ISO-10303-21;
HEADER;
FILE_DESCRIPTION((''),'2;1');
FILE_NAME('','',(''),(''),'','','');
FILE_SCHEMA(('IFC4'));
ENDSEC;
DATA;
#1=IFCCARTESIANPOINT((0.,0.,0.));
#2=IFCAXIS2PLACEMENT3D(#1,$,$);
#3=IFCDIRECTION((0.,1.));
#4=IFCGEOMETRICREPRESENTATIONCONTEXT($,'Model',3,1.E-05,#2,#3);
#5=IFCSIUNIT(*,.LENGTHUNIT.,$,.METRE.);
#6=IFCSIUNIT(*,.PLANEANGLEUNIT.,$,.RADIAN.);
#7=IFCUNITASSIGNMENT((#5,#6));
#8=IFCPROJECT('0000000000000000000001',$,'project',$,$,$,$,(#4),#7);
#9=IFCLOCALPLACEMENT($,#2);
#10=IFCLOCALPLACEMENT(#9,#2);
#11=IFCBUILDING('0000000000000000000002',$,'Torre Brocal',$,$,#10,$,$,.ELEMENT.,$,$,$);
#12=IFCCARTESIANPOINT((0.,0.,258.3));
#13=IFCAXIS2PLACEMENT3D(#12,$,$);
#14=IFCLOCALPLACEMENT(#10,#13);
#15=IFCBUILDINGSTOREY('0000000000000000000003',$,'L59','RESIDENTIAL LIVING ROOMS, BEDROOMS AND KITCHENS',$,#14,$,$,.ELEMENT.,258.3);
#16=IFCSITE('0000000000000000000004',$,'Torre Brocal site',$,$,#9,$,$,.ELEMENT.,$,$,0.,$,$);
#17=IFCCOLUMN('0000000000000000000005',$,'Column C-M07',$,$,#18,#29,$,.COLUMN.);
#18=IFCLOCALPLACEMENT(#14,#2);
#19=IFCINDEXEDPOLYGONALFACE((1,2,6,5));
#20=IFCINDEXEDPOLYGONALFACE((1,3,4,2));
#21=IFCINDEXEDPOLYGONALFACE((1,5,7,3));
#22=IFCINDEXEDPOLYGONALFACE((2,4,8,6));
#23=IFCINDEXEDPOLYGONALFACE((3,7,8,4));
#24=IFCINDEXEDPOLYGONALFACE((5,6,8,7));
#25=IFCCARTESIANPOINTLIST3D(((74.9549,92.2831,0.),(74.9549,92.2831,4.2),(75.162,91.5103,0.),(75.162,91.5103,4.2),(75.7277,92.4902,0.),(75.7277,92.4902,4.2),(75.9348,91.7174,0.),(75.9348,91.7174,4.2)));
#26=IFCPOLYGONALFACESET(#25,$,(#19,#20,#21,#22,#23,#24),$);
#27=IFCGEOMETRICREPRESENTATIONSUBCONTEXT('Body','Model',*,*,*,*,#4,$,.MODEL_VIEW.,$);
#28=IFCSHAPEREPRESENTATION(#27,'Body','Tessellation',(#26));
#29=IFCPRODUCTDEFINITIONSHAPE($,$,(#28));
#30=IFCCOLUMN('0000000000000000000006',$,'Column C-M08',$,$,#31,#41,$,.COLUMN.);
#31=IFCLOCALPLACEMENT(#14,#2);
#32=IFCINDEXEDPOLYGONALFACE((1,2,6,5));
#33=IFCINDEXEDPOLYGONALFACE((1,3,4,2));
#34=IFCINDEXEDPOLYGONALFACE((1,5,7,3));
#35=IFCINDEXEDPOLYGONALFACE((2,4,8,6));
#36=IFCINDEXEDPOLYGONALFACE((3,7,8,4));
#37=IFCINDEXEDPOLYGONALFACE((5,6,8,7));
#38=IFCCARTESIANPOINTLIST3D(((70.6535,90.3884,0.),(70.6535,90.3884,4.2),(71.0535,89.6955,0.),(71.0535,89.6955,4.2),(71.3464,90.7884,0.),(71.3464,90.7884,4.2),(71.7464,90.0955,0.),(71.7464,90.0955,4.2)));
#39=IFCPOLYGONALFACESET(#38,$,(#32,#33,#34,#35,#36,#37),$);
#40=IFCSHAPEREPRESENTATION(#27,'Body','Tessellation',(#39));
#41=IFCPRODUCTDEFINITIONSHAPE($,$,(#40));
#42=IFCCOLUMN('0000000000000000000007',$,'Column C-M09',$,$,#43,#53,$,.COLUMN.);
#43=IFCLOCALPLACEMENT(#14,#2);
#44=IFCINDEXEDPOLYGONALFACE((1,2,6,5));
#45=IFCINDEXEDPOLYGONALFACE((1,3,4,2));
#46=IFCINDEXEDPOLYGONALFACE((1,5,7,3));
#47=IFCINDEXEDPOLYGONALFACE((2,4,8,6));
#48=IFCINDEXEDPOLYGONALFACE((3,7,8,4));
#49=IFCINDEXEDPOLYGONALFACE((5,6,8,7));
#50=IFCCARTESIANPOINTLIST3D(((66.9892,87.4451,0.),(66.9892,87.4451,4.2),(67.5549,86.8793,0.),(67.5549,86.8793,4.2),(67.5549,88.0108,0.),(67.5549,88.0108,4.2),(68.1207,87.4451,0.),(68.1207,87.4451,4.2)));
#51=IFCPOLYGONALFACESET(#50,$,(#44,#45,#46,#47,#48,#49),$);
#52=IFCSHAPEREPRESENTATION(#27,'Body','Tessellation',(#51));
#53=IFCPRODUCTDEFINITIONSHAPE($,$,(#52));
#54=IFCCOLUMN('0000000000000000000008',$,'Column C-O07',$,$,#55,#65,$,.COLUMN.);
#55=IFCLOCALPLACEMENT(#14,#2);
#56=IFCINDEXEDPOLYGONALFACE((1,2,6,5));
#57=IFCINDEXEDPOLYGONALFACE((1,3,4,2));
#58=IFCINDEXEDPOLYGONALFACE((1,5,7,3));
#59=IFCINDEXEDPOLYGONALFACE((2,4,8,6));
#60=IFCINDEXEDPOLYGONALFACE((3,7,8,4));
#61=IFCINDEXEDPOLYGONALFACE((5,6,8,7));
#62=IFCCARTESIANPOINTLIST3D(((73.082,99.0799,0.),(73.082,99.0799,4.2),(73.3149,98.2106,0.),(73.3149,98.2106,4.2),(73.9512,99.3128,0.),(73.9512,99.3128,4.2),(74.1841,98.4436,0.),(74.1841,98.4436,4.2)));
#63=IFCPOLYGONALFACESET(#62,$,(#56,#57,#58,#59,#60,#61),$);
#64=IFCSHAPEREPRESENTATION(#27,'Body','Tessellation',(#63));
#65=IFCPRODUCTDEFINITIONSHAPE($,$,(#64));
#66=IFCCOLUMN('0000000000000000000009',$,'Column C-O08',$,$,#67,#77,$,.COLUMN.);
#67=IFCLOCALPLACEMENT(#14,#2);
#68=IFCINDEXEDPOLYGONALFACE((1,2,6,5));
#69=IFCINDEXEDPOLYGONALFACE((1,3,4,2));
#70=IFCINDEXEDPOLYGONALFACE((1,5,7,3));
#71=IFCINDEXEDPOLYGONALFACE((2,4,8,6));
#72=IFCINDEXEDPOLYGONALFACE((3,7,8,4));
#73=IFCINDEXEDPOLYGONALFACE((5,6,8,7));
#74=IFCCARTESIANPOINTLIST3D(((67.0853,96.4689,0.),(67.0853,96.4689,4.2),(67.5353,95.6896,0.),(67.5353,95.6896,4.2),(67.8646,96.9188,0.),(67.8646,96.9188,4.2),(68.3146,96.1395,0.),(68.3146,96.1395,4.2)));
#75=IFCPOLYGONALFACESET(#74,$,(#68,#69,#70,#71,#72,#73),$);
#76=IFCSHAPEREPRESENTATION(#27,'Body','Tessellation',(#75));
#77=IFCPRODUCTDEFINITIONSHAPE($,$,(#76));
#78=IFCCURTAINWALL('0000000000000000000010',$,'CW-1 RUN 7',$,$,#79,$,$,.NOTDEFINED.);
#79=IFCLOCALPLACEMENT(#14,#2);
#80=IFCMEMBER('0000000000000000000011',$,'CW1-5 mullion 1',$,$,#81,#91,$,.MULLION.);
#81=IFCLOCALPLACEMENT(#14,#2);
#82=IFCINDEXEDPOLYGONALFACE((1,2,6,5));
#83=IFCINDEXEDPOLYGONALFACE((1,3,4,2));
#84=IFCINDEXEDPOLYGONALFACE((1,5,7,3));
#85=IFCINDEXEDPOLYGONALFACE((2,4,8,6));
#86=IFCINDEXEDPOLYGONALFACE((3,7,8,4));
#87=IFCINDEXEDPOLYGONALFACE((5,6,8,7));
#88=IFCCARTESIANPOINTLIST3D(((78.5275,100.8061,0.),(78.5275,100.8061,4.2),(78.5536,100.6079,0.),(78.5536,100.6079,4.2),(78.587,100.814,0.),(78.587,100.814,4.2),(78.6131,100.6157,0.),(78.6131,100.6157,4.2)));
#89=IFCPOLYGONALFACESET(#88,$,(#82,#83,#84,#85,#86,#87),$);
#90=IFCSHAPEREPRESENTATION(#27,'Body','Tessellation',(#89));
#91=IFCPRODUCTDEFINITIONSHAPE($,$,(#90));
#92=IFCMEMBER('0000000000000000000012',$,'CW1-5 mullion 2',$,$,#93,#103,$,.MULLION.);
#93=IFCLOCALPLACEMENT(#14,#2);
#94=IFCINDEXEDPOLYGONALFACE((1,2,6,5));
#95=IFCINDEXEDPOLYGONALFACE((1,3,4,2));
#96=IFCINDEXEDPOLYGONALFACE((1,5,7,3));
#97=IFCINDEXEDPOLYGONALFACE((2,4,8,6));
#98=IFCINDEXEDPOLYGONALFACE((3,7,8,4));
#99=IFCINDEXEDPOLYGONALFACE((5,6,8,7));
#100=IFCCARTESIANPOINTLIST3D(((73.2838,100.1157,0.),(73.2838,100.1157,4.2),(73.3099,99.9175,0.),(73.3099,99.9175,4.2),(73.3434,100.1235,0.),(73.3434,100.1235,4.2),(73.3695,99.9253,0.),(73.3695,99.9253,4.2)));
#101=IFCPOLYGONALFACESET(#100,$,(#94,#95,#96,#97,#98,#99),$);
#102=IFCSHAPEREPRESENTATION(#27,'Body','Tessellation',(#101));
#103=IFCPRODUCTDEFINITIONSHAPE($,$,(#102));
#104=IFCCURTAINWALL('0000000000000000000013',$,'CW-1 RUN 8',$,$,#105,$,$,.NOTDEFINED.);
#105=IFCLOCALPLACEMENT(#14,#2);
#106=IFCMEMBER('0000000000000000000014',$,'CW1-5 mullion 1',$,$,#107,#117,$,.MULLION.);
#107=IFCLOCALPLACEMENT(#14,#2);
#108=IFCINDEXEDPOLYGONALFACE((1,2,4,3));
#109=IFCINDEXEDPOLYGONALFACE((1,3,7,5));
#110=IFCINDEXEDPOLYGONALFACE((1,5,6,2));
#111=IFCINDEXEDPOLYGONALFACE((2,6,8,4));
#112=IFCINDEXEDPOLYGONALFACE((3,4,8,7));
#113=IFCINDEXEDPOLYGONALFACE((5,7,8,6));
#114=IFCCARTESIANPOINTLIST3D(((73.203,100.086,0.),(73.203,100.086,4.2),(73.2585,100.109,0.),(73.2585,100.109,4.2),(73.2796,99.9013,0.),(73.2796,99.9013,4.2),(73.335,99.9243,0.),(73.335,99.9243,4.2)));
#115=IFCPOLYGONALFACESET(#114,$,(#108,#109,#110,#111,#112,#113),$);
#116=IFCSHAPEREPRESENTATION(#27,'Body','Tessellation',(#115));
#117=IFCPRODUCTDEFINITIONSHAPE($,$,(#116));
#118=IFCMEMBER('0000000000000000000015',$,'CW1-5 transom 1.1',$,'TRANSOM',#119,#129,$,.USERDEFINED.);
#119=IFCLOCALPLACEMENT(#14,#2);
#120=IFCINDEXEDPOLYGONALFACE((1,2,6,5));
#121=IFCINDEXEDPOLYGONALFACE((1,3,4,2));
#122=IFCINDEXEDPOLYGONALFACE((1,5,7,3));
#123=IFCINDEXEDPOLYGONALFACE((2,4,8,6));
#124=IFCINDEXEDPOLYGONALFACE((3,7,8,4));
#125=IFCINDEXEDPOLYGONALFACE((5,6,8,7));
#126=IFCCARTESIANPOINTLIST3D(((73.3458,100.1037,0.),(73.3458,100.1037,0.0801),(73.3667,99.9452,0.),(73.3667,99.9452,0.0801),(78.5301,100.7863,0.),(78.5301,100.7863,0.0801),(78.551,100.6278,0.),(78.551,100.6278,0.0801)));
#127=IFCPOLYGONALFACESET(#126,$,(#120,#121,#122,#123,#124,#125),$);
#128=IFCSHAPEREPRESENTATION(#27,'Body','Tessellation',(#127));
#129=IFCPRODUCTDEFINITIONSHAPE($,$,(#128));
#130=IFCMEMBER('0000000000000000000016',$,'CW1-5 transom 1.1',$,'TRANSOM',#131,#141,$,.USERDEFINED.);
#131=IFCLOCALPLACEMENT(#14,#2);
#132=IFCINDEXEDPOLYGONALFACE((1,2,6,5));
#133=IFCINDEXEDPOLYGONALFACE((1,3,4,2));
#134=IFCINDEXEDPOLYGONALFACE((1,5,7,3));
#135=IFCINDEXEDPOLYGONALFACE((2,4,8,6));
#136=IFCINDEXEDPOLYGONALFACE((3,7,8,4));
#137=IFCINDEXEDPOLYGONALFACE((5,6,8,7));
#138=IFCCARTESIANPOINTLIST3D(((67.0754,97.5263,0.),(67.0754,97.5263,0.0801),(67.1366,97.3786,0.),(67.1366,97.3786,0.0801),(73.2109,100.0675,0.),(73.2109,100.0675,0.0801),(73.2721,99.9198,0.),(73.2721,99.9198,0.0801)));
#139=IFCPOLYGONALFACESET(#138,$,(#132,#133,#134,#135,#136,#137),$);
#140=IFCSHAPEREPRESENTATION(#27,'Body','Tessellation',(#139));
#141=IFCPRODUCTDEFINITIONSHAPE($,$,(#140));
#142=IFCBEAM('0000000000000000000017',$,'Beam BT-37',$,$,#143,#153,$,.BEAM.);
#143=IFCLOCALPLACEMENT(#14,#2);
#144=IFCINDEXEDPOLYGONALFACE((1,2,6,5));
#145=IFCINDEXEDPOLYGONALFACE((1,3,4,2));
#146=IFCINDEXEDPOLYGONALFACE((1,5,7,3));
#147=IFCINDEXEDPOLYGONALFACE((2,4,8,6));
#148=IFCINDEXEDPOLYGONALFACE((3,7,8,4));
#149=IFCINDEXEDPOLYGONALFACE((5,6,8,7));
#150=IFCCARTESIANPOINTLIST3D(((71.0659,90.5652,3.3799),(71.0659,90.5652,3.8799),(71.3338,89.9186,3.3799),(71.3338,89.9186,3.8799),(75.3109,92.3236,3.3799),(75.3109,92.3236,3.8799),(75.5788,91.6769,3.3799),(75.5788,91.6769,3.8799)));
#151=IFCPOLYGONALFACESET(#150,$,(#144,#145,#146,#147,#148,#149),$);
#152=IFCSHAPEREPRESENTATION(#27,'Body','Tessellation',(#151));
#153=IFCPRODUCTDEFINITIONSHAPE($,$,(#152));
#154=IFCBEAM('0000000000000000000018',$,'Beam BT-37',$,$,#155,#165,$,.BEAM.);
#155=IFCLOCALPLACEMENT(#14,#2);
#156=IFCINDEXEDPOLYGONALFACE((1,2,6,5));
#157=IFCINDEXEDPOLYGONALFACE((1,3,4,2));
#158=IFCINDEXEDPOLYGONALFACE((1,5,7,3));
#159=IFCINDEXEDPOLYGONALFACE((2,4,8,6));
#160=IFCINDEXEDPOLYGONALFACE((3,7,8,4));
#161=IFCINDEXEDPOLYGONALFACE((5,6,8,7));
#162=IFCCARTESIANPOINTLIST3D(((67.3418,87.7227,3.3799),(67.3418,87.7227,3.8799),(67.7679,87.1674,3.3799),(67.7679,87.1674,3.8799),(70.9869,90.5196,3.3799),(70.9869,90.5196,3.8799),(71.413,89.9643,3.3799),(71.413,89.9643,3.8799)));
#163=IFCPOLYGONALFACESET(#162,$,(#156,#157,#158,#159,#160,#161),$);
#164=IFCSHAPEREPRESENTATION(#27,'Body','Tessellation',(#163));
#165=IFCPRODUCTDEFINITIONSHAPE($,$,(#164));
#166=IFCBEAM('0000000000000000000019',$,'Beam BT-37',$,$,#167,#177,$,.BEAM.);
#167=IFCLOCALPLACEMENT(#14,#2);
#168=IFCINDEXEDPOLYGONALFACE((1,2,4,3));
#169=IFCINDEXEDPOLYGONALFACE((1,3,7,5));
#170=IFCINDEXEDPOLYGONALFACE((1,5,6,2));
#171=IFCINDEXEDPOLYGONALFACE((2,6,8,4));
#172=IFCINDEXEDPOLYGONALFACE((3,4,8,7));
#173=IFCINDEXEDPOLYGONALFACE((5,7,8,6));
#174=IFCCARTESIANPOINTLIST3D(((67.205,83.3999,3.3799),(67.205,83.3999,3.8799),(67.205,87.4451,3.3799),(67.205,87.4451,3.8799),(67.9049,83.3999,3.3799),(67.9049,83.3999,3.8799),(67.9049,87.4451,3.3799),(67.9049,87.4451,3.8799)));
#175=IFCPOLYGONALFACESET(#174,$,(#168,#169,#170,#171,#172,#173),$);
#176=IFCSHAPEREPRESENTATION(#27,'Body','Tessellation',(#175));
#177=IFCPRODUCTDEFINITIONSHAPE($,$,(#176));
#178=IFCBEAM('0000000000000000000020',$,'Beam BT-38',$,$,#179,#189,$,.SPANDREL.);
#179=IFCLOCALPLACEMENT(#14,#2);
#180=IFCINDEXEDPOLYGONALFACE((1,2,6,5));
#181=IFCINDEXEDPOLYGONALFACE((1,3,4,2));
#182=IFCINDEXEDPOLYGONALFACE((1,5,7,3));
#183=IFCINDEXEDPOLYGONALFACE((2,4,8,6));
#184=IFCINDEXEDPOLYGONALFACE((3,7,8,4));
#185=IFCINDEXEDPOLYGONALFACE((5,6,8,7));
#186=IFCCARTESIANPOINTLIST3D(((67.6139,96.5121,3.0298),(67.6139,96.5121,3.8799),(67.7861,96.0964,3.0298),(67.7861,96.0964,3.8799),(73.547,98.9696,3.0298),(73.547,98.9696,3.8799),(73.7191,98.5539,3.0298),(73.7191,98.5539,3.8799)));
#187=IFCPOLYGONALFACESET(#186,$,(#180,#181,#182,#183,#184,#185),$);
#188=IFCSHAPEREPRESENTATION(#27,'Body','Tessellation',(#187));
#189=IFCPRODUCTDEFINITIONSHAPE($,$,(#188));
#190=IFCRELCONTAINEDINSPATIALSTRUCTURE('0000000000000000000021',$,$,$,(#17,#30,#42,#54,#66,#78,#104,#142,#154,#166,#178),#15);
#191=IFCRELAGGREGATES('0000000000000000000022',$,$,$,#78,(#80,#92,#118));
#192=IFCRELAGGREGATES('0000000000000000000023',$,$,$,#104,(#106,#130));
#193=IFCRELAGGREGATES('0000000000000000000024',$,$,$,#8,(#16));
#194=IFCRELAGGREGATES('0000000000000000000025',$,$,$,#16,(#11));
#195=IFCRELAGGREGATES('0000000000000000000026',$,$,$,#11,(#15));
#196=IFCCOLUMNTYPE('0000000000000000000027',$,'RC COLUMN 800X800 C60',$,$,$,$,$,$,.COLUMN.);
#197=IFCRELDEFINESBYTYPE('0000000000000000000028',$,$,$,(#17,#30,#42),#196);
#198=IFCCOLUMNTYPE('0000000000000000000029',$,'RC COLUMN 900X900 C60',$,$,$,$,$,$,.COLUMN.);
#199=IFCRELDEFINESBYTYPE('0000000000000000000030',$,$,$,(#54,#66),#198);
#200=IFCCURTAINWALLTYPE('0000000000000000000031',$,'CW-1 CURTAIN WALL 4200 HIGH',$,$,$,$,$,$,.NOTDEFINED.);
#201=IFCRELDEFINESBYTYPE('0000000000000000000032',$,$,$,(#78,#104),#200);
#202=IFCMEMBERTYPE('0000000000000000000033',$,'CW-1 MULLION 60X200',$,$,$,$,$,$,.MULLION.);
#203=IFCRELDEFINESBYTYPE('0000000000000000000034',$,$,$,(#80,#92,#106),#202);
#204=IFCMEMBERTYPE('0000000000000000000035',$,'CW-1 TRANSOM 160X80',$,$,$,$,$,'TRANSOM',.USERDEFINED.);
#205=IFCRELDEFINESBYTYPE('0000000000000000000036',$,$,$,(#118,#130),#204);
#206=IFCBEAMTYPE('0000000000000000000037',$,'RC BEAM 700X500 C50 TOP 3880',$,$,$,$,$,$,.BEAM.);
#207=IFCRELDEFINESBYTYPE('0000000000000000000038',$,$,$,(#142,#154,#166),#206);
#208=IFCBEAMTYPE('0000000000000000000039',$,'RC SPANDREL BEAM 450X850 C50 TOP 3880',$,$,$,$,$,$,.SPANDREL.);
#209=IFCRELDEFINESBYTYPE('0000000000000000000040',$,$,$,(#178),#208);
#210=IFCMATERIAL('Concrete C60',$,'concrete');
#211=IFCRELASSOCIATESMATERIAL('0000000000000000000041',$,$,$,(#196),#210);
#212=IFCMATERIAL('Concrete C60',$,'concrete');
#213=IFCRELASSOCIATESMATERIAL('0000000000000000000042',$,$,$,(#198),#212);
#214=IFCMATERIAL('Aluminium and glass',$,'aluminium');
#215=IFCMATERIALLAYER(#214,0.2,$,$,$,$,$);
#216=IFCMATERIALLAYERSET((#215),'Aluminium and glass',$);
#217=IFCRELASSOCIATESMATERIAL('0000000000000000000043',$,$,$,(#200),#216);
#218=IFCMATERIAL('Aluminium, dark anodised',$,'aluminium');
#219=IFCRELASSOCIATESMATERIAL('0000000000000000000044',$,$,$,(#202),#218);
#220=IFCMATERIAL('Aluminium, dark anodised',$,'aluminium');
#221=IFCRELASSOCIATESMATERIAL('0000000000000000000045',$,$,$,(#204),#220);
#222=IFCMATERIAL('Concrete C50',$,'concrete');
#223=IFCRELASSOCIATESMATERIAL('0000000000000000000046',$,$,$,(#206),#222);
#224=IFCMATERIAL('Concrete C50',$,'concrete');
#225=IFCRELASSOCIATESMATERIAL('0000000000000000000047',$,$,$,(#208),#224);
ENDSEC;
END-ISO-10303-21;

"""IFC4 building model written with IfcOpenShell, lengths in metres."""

from ifc_helpers import new_model, si_unit, direction, frame, origin, origin_2d, place, context, subcontext, project, spatial, rectangle, extrude, material, layer, layer_set, material_profile, profile_set, type_object, element, aggregate, save


model = new_model("IFC4")

# Units and contexts
model_context = context("Model", 3, precision=1e-05, world=origin(), true_north=direction((0.0, 1.0)))
body_context = subcontext(model_context, "Body", "Model", "MODEL_VIEW")
ifc_project = project(units=[si_unit("LENGTHUNIT", "METRE"), si_unit("PLANEANGLEUNIT", "RADIAN")], contexts=[model_context])

# Site, building, storey
site_placement = place(None, origin())
site = spatial("IfcSite", under=ifc_project, at=site_placement, Name="Torre Brocal site", CompositionType="ELEMENT", RefElevation=0.0)
building_placement = place(site_placement, origin())
building = spatial("IfcBuilding", under=site, at=building_placement, Name="Torre Brocal", CompositionType="ELEMENT")
storey_placement = place(building_placement, frame((0.0, 0.0, 258.3)))
storey = spatial("IfcBuildingStorey", under=building, at=storey_placement, Name="L59", Description="RESIDENTIAL LIVING ROOMS, BEDROOMS AND KITCHENS", CompositionType="ELEMENT", Elevation=258.3)

# Columns
ifc_material_1 = material(Name="Concrete C60", Category="concrete")
ifc_material_profile_1 = material_profile(ifc_material_1, rectangle(XDim=0.8, YDim=0.8, at=origin_2d()), Name="RC 800X800")
ifc_profile_set_1 = profile_set([ifc_material_profile_1], Name="Concrete C60")
column_type_1 = type_object("IfcColumnType", Name="RC COLUMN 800X800 C60", PredefinedType="COLUMN", material=ifc_profile_set_1)
for number, where, z_axis, x_axis, name in (
    (1, (75.4448, 92.0002, 0.0), (0.0, 0.0, 1.0), (-0.258819, 0.965926, 0.0), "Column C-M07"),
    (2, (71.2, 90.2419, 0.0), (0.0, 0.0, 1.0), (-0.5, 0.866025, 0.0), "Column C-M08"),
    (3, (67.5549, 87.4451, 0.0), (0.0, 0.0, 1.0), (-0.707107, 0.707107, 0.0), "Column C-M09"),
):
    element("IfcColumn", number, at=place(storey_placement, frame(where, z_axis=z_axis, x_axis=x_axis)), inside=storey, type_object=column_type_1, Name=name, PredefinedType="COLUMN", context=body_context, shape_type="SweptSolid", body=[
        extrude(rectangle(XDim=0.8, YDim=0.8, at=origin_2d()), origin(), (0.0, 0.0, 1.0), 4.2),
    ])
ifc_material_2 = material(Name="Concrete C60", Category="concrete")
ifc_material_profile_2 = material_profile(ifc_material_2, rectangle(XDim=0.8999, YDim=0.8999, at=origin_2d()), Name="RC 900X900")
ifc_profile_set_2 = profile_set([ifc_material_profile_2], Name="Concrete C60")
column_type_2 = type_object("IfcColumnType", Name="RC COLUMN 900X900 C60", PredefinedType="COLUMN", material=ifc_profile_set_2)
for number, where, z_axis, x_axis, name in (
    (4, (73.6331, 98.7617, 0.0), (0.0, 0.0, 1.0), (-0.258819, 0.965926, 0.0), "Column C-O07"),
    (5, (67.7, 96.3042, 0.0), (0.0, 0.0, 1.0), (-0.5, 0.866025, 0.0), "Column C-O08"),
):
    element("IfcColumn", number, at=place(storey_placement, frame(where, z_axis=z_axis, x_axis=x_axis)), inside=storey, type_object=column_type_2, Name=name, PredefinedType="COLUMN", context=body_context, shape_type="SweptSolid", body=[
        extrude(rectangle(XDim=0.8999, YDim=0.8999, at=origin_2d()), origin(), (0.0, 0.0, 1.0), 4.2),
    ])

# Curtain wall, members
ifc_material_3 = material(Name="Aluminium and glass", Category="aluminium")
ifc_layer_1 = layer(ifc_material_3, 0.2)
ifc_layer_set_1 = layer_set([ifc_layer_1], Name="Aluminium and glass")
curtain_wall_type = type_object("IfcCurtainWallType", Name="CW-1 CURTAIN WALL 4200 HIGH", PredefinedType="NOTDEFINED", material=ifc_layer_set_1)
curtain_wall_1_placement = place(storey_placement, origin())
curtain_wall_1 = element("IfcCurtainWall", 6, at=curtain_wall_1_placement, inside=storey, type_object=curtain_wall_type, Name="CW-1 RUN 7", PredefinedType="NOTDEFINED")
ifc_material_4 = material(Name="Aluminium, dark anodised", Category="aluminium")
ifc_material_profile_3 = material_profile(ifc_material_4, rectangle(XDim=0.2, YDim=0.0601, at=origin_2d()), Name="CW-1 MULLION 60X200")
ifc_profile_set_3 = profile_set([ifc_material_profile_3], Name="Aluminium, dark anodised")
member_type_1 = type_object("IfcMemberType", Name="CW-1 MULLION 60X200", PredefinedType="MULLION", material=ifc_profile_set_3)
member_1_placement = place(storey_placement, frame((78.5703, 100.7109, 0.0), z_axis=(0.0, 0.0, 1.0), x_axis=(0.130526, -0.991445, 0.0)))
member_1 = element("IfcMember", 7, at=member_1_placement, type_object=member_type_1, Name="CW1-5 mullion 1", PredefinedType="MULLION", context=body_context, shape_type="SweptSolid", body=[
    extrude(rectangle(XDim=0.2, YDim=0.0601, at=origin_2d()), origin(), (0.0, 0.0, 1.0), 4.2),
])
member_2_placement = place(storey_placement, frame((73.3267, 100.0205, 0.0), z_axis=(0.0, 0.0, 1.0), x_axis=(0.130526, -0.991445, 0.0)))
member_2 = element("IfcMember", 8, at=member_2_placement, type_object=member_type_1, Name="CW1-5 mullion 2", PredefinedType="MULLION", context=body_context, shape_type="SweptSolid", body=[
    extrude(rectangle(XDim=0.2, YDim=0.0601, at=origin_2d()), origin(), (0.0, 0.0, 1.0), 4.2),
])

# Curtain wall, member
curtain_wall_2_placement = place(storey_placement, origin())
curtain_wall_2 = element("IfcCurtainWall", 9, at=curtain_wall_2_placement, inside=storey, type_object=curtain_wall_type, Name="CW-1 RUN 8", PredefinedType="NOTDEFINED")
member_3_placement = place(storey_placement, frame((73.269, 100.0051, 0.0), z_axis=(0.0, 0.0, 1.0), x_axis=(0.382683, -0.92388, 0.0)))
member_3 = element("IfcMember", 10, at=member_3_placement, type_object=member_type_1, Name="CW1-5 mullion 1", PredefinedType="MULLION", context=body_context, shape_type="SweptSolid", body=[
    extrude(rectangle(XDim=0.2, YDim=0.0601, at=origin_2d()), origin(), (0.0, 0.0, 1.0), 4.2),
])

# Members
ifc_material_5 = material(Name="Aluminium, dark anodised", Category="aluminium")
ifc_material_profile_4 = material_profile(ifc_material_5, rectangle(XDim=0.1599, YDim=0.0801, at=origin_2d()), Name="CW-1 TRANSOM 160X80")
ifc_profile_set_4 = profile_set([ifc_material_profile_4], Name="Aluminium, dark anodised")
member_type_2 = type_object("IfcMemberType", Name="CW-1 TRANSOM 160X80", ElementType="TRANSOM", PredefinedType="USERDEFINED", material=ifc_profile_set_4)
member_4_placement = place(storey_placement, frame((78.5405, 100.707, 0.04), z_axis=(-0.991443, -0.130543, 0.0), x_axis=(0.130543, -0.991443, 0.0)))
member_4 = element("IfcMember", 11, at=member_4_placement, type_object=member_type_2, Name="CW1-5 transom 1.1", ObjectType="TRANSOM", PredefinedType="USERDEFINED", context=body_context, shape_type="SweptSolid", body=[
    extrude(rectangle(XDim=0.1599, YDim=0.0801, at=origin_2d()), origin(), (0.0, 0.0, 1.0), 5.229),
])
member_5_placement = place(storey_placement, frame((73.2415, 99.9937, 0.04), z_axis=(-0.923887, -0.382665, 0.0), x_axis=(0.382665, -0.923887, 0.0)))
member_5 = element("IfcMember", 12, at=member_5_placement, type_object=member_type_2, Name="CW1-5 transom 1.1", ObjectType="TRANSOM", PredefinedType="USERDEFINED", context=body_context, shape_type="SweptSolid", body=[
    extrude(rectangle(XDim=0.1599, YDim=0.0801, at=origin_2d()), origin(), (0.0, 0.0, 1.0), 6.6409),
])

# Beams
ifc_material_6 = material(Name="Concrete C50", Category="concrete")
ifc_material_profile_5 = material_profile(ifc_material_6, rectangle(XDim=0.7, YDim=0.5, at=origin_2d()), Name="RC 700X500")
ifc_profile_set_5 = profile_set([ifc_material_profile_5], Name="Concrete C50")
beam_type_1 = type_object("IfcBeamType", Name="RC BEAM 700X500 C50 TOP 3880", PredefinedType="BEAM", material=ifc_profile_set_5)
beam_1_placement = place(storey_placement, frame((75.4448, 92.0002, 3.6299), z_axis=(-0.923878, -0.382687, 0.0), x_axis=(0.382687, -0.923878, 0.0)))
element("IfcBeam", 13, at=beam_1_placement, inside=storey, type_object=beam_type_1, Name="Beam BT-37", PredefinedType="BEAM", context=body_context, shape_type="SweptSolid", body=[
    extrude(rectangle(XDim=0.7, YDim=0.5, at=origin_2d()), origin(), (0.0, 0.0, 1.0), 4.5947),
])
beam_2_placement = place(storey_placement, frame((71.2, 90.2419, 3.6299), z_axis=(-0.793358, -0.608755, 0.0), x_axis=(0.608755, -0.793358, 0.0)))
element("IfcBeam", 14, at=beam_2_placement, inside=storey, type_object=beam_type_1, Name="Beam BT-37", PredefinedType="BEAM", context=body_context, shape_type="SweptSolid", body=[
    extrude(rectangle(XDim=0.7, YDim=0.5, at=origin_2d()), origin(), (0.0, 0.0, 1.0), 4.5945),
])
beam_3_placement = place(storey_placement, frame((67.5549, 87.4451, 3.6299), z_axis=(0.0, -1.0, 0.0), x_axis=(1.0, 0.0, 0.0)))
element("IfcBeam", 15, at=beam_3_placement, inside=storey, type_object=beam_type_1, Name="Beam BT-37", PredefinedType="BEAM", context=body_context, shape_type="SweptSolid", body=[
    extrude(rectangle(XDim=0.7, YDim=0.5, at=origin_2d()), origin(), (0.0, 0.0, 1.0), 4.0452),
])
ifc_material_7 = material(Name="Concrete C50", Category="concrete")
ifc_material_profile_6 = material_profile(ifc_material_7, rectangle(XDim=0.45, YDim=0.8501, at=origin_2d()), Name="RC 450X850")
ifc_profile_set_6 = profile_set([ifc_material_profile_6], Name="Concrete C50")
beam_type_2 = type_object("IfcBeamType", Name="RC SPANDREL BEAM 450X850 C50 TOP 3880", PredefinedType="SPANDREL", material=ifc_profile_set_6)
beam_4_placement = place(storey_placement, frame((73.6331, 98.7617, 3.4548), z_axis=(-0.923882, -0.382676, 0.0), x_axis=(0.382676, -0.923882, 0.0)))
element("IfcBeam", 16, at=beam_4_placement, inside=storey, type_object=beam_type_2, Name="Beam BT-38", PredefinedType="SPANDREL", context=body_context, shape_type="SweptSolid", body=[
    extrude(rectangle(XDim=0.45, YDim=0.8501, at=origin_2d()), origin(), (0.0, 0.0, 1.0), 6.4219),
])

aggregate(curtain_wall_1, [member_1, member_2, member_4])
aggregate(curtain_wall_2, [member_3, member_5])

save(model, "model.ifc")
